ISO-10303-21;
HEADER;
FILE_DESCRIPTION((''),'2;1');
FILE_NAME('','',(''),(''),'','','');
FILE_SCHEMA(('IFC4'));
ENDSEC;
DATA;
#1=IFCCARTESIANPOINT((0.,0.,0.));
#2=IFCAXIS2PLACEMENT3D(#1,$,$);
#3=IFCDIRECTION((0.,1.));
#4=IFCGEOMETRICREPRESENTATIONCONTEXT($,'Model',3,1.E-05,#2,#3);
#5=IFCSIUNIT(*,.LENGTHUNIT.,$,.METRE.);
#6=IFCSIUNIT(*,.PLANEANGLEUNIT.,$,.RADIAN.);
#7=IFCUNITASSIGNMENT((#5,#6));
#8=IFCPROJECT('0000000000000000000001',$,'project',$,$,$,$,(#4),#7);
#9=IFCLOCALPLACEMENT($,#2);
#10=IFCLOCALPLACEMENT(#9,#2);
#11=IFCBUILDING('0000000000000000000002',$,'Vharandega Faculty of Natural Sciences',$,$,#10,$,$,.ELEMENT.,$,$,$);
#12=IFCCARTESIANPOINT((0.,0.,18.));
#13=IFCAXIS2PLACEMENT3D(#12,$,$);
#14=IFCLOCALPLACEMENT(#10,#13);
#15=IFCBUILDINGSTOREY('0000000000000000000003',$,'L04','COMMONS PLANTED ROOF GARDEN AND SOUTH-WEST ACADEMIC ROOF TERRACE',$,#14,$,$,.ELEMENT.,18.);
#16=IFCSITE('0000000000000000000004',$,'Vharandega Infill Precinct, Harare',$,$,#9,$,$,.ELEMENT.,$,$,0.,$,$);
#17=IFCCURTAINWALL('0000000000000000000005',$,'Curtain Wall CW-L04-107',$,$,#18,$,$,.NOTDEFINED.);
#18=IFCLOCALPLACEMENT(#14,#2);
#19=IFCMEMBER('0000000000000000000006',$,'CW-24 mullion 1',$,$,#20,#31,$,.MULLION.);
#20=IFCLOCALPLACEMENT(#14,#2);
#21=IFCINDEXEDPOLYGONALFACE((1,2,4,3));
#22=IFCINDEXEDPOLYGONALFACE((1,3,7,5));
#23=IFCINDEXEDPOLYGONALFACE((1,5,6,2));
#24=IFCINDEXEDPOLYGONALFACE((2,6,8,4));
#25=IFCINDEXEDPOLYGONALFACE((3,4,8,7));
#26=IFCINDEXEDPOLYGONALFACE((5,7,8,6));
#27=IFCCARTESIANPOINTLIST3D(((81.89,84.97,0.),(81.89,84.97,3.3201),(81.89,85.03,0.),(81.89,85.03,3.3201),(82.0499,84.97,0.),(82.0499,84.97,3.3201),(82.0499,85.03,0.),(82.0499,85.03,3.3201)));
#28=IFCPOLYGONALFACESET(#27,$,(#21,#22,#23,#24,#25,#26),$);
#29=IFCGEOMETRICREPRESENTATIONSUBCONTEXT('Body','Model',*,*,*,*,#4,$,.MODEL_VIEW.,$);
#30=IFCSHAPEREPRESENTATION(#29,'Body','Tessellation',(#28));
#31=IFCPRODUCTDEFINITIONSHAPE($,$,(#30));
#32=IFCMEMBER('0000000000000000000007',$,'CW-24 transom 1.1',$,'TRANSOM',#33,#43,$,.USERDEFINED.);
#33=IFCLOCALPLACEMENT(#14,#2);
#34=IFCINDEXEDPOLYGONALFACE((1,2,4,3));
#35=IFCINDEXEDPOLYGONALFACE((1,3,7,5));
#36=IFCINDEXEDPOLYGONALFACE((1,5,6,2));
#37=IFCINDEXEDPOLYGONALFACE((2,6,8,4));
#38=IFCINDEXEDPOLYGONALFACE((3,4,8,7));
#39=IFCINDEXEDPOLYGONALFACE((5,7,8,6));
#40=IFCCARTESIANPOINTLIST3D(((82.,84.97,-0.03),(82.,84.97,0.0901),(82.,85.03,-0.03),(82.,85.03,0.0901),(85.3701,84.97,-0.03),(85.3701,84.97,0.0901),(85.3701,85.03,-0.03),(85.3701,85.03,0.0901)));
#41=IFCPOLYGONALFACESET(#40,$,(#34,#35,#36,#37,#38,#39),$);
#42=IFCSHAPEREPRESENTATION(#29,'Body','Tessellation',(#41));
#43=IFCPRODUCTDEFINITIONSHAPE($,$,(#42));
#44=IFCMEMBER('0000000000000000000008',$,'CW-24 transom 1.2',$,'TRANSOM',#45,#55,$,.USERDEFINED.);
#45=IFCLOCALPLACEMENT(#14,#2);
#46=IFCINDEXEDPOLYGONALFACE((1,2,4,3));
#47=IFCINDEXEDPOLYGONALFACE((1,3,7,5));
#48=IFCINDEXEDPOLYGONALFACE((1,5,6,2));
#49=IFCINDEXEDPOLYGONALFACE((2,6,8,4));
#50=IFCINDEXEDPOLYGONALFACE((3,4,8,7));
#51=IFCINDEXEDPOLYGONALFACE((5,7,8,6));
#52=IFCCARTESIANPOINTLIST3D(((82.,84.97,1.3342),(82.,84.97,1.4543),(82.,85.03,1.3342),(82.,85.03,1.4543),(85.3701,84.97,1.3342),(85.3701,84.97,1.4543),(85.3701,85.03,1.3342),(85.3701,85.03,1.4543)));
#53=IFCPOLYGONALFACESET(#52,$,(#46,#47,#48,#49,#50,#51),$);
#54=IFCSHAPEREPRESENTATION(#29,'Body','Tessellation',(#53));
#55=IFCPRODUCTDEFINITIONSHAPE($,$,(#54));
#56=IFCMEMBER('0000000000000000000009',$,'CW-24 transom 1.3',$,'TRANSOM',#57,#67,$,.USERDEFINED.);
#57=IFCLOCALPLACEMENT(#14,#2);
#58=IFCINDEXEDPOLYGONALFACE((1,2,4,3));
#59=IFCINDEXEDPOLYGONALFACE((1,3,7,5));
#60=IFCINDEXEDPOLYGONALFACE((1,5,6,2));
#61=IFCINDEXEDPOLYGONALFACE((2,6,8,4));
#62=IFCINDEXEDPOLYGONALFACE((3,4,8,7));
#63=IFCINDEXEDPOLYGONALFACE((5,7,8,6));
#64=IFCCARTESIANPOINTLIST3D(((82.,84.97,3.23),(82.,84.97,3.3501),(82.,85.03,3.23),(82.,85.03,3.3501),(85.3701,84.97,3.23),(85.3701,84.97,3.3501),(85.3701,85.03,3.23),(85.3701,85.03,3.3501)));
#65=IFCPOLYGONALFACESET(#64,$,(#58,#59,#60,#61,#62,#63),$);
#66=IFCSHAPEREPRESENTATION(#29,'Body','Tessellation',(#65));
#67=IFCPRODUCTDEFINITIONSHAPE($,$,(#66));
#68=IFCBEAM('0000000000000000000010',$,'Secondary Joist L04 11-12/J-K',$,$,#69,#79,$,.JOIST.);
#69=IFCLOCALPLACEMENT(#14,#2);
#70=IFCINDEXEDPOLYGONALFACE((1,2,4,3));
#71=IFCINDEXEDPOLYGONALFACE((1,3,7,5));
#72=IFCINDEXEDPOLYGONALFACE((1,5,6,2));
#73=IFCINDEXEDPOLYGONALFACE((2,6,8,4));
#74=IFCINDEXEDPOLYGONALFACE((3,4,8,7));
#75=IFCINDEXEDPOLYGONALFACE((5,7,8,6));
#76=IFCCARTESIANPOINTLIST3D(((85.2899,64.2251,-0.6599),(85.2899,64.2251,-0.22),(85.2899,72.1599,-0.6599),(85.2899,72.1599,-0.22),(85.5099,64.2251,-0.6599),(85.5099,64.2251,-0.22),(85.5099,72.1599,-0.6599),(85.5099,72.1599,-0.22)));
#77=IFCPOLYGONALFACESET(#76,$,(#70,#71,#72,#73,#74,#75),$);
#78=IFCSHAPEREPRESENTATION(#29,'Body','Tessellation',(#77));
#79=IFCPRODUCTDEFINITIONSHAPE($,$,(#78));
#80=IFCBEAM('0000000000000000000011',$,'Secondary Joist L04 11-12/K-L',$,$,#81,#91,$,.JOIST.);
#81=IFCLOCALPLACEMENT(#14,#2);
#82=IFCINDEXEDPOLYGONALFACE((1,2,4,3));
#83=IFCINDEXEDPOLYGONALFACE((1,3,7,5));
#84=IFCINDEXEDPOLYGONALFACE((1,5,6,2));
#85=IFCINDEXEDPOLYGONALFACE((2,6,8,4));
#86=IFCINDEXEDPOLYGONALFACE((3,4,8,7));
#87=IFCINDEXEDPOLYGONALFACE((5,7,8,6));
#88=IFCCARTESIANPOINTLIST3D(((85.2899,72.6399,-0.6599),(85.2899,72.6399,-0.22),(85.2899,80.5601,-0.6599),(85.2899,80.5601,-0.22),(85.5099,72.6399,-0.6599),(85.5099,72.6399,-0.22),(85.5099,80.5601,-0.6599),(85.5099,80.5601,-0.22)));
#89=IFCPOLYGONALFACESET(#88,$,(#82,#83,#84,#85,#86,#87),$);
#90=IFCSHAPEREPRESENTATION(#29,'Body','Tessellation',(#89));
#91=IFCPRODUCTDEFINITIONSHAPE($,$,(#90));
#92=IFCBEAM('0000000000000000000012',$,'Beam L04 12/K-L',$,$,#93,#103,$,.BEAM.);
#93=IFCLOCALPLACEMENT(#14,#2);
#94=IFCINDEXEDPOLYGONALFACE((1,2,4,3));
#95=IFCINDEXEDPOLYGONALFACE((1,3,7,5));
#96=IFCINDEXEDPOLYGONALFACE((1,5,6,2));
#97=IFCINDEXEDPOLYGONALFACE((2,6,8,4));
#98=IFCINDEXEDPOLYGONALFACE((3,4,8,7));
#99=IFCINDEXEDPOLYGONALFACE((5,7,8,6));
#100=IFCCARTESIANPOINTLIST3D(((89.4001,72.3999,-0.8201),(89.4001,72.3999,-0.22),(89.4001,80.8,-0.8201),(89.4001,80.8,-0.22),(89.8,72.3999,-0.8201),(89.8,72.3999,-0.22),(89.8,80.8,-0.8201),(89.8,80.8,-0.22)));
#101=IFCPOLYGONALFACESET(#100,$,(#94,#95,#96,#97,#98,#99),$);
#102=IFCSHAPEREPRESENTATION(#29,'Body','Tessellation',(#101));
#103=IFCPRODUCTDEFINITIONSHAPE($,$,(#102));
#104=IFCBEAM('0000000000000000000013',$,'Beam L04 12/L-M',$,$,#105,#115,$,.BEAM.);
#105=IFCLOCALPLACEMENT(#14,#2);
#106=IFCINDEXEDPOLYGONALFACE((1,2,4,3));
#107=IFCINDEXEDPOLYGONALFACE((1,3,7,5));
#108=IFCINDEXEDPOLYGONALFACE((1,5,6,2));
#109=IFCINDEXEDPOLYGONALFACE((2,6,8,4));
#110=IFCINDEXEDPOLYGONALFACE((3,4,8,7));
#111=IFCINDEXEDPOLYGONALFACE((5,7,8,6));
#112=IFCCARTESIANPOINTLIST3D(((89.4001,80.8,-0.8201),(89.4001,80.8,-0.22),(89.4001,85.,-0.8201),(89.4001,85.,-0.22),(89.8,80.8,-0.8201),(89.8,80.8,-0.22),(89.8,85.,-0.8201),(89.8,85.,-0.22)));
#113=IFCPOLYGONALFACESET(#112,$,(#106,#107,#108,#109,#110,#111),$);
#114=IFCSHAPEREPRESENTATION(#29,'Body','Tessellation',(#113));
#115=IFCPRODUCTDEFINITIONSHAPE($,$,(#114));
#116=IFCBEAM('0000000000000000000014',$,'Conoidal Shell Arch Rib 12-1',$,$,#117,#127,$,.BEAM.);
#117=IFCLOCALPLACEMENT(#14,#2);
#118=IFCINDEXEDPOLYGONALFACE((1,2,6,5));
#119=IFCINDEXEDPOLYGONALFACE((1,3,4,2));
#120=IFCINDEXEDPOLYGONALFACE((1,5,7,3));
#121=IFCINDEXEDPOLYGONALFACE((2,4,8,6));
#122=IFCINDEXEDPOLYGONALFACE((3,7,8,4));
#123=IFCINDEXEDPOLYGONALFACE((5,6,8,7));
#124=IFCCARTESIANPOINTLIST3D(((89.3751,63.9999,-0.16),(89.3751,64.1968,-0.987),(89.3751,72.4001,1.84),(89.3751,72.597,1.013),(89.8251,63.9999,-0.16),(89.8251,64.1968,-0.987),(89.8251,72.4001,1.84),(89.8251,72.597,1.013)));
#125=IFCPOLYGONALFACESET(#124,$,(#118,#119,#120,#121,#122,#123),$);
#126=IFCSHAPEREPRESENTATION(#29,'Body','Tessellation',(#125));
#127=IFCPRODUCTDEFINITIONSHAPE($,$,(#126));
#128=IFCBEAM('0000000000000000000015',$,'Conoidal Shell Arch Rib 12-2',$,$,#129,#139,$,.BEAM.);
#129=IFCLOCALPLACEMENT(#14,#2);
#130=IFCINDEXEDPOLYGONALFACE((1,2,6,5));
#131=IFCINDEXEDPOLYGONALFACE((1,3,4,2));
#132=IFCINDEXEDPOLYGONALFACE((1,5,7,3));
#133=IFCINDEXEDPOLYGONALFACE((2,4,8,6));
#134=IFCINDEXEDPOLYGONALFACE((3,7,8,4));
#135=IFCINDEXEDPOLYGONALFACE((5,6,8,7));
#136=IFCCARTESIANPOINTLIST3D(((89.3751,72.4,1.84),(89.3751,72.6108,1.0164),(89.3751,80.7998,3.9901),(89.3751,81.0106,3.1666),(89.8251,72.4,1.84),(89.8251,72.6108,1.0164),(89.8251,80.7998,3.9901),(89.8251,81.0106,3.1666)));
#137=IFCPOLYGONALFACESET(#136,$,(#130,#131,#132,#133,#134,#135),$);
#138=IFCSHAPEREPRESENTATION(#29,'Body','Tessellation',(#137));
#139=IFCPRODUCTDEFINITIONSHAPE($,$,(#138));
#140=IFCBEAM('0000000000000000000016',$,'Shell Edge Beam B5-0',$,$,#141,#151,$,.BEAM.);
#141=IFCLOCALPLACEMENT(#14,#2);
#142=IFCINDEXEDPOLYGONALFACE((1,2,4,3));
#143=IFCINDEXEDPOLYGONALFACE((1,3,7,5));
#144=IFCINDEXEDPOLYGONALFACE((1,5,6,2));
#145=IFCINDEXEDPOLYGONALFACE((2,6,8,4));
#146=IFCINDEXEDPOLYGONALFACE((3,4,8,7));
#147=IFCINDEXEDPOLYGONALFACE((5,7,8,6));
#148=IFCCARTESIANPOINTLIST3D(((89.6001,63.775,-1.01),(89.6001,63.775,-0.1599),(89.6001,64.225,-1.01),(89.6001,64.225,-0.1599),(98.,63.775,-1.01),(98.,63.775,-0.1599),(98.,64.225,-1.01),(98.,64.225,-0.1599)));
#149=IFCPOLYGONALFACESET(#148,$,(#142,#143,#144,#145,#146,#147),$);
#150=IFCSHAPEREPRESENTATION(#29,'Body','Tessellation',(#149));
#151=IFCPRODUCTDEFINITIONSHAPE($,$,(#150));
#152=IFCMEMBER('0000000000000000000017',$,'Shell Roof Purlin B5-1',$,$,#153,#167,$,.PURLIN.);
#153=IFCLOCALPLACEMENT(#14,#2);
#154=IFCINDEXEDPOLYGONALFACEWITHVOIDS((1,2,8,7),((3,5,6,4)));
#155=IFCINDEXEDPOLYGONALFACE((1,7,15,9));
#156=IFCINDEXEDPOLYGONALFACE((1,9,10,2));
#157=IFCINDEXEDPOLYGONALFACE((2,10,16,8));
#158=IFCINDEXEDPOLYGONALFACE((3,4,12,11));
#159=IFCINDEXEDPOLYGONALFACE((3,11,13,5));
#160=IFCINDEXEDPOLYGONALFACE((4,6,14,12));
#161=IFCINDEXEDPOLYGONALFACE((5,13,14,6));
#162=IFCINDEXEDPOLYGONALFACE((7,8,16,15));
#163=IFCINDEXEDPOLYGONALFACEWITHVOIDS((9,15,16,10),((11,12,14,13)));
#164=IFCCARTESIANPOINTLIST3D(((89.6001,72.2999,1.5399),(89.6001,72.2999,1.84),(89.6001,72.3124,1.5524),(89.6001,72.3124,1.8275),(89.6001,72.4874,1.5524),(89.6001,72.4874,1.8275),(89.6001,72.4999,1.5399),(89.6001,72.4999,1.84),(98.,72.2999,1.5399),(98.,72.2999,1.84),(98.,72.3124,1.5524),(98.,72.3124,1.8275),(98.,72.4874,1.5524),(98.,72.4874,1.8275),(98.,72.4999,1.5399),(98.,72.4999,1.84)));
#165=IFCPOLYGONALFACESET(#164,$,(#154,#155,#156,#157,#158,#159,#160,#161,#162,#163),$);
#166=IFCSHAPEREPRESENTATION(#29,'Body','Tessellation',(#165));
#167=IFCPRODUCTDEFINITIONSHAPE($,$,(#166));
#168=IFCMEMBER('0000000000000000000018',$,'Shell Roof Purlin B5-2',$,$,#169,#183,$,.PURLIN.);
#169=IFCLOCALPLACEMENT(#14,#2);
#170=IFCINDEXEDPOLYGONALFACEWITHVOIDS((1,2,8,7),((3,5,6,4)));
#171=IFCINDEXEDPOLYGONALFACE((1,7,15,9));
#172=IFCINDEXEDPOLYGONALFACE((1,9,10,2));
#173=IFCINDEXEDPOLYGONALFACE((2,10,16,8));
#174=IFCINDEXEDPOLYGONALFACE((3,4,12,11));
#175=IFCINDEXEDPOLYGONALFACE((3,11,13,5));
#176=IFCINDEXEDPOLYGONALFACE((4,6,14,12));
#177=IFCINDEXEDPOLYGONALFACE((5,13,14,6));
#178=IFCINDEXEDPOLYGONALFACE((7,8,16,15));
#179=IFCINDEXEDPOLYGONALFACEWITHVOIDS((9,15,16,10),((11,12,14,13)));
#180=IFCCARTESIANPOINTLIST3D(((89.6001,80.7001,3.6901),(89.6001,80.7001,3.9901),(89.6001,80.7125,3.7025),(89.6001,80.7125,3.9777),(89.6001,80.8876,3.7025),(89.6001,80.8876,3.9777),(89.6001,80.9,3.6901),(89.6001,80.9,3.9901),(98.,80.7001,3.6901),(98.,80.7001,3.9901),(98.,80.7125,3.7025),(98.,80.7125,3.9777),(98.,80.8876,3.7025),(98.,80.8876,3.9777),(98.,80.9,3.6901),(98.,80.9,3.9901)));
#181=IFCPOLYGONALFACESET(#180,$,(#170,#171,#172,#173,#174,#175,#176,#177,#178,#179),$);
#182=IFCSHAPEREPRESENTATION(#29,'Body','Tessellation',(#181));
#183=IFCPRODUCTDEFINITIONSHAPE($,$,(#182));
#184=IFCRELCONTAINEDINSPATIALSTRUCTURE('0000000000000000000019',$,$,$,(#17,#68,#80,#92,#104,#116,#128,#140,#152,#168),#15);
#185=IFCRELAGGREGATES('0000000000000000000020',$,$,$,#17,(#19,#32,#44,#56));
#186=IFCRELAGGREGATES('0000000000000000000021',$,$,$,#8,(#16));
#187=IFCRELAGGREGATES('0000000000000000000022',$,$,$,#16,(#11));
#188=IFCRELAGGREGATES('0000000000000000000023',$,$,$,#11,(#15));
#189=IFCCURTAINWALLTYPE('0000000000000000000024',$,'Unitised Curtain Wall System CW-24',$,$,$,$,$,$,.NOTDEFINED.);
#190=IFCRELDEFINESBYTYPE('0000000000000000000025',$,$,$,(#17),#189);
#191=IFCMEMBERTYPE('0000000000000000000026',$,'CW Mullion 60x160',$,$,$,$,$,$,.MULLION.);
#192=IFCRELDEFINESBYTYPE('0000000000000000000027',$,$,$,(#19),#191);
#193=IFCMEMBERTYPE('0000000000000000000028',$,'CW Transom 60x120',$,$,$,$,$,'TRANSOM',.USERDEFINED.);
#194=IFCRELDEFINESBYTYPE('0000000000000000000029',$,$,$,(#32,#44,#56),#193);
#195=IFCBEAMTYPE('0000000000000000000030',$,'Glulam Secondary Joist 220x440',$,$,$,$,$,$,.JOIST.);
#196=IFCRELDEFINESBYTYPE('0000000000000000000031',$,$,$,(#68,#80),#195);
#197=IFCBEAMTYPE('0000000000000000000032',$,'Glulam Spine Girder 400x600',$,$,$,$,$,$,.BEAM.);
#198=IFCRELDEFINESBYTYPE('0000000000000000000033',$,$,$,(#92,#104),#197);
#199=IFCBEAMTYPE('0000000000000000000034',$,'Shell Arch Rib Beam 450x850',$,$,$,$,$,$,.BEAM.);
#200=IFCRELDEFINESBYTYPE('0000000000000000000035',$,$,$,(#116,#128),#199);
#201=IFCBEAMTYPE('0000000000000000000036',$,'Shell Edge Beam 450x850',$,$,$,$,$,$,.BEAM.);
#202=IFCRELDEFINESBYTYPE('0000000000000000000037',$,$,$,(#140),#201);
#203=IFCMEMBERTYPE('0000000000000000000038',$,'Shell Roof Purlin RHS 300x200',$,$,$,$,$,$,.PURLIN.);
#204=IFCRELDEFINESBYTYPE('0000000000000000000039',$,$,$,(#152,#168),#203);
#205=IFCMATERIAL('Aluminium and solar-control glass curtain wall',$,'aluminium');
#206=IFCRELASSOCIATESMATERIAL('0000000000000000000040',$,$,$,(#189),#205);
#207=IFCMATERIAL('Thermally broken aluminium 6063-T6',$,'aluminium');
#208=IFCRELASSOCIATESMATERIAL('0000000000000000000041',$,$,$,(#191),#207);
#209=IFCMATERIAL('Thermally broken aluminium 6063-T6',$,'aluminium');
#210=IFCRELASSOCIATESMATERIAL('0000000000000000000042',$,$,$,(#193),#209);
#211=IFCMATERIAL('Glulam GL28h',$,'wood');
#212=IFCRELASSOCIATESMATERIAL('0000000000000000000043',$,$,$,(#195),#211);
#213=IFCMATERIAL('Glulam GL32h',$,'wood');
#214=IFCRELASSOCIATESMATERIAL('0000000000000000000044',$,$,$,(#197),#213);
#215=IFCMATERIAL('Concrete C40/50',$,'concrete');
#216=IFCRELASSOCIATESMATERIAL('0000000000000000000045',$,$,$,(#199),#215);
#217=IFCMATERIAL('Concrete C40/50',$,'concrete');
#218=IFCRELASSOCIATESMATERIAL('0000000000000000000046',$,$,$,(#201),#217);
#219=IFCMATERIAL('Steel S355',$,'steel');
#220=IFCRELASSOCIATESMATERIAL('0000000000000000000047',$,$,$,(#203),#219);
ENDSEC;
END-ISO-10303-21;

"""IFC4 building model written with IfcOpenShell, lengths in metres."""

from ifc_helpers import new_model, si_unit, direction, frame, origin, origin_2d, place, context, subcontext, project, spatial, rectangle, hollow_rectangle, extrude, material, material_profile, profile_set, type_object, element, aggregate, save


model = new_model("IFC4")

# Units and contexts
model_context = context("Model", 3, precision=1e-05, world=origin(), true_north=direction((0.0, 1.0)))
body_context = subcontext(model_context, "Body", "Model", "MODEL_VIEW")
ifc_project = project(units=[si_unit("LENGTHUNIT", "METRE"), si_unit("PLANEANGLEUNIT", "RADIAN")], contexts=[model_context])

# Site, building, storey
site_placement = place(None, origin())
site = spatial("IfcSite", under=ifc_project, at=site_placement, Name="Vharandega Infill Precinct, Harare", CompositionType="ELEMENT", RefElevation=0.0)
building_placement = place(site_placement, origin())
building = spatial("IfcBuilding", under=site, at=building_placement, Name="Vharandega Faculty of Natural Sciences", CompositionType="ELEMENT")
storey_placement = place(building_placement, frame((0.0, 0.0, 18.0)))
storey = spatial("IfcBuildingStorey", under=building, at=storey_placement, Name="L04", Description="COMMONS PLANTED ROOF GARDEN AND SOUTH-WEST ACADEMIC ROOF TERRACE", CompositionType="ELEMENT", Elevation=18.0)

# Curtain wall, members
ifc_material_1 = material(Name="Aluminium and solar-control glass curtain wall", Category="aluminium")
curtain_wall_type = type_object("IfcCurtainWallType", Name="Unitised Curtain Wall System CW-24", PredefinedType="NOTDEFINED", material=ifc_material_1)
curtain_wall_placement = place(storey_placement, origin())
curtain_wall = element("IfcCurtainWall", 1, at=curtain_wall_placement, inside=storey, type_object=curtain_wall_type, Name="Curtain Wall CW-L04-107", PredefinedType="NOTDEFINED")
ifc_material_2 = material(Name="Thermally broken aluminium 6063-T6", Category="aluminium")
ifc_material_profile_1 = material_profile(ifc_material_2, rectangle(XDim=0.0601, YDim=0.1599, at=origin_2d()), Name="ALU 60x160")
ifc_profile_set_1 = profile_set([ifc_material_profile_1], Name="Thermally broken aluminium 6063-T6")
member_type_1 = type_object("IfcMemberType", Name="CW Mullion 60x160", PredefinedType="MULLION", material=ifc_profile_set_1)
member_1_placement = place(storey_placement, frame((81.97, 85.0, 0.0), z_axis=(0.0, 0.0, 1.0), x_axis=(0.0, 1.0, 0.0)))
member_1 = element("IfcMember", 2, at=member_1_placement, type_object=member_type_1, Name="CW-24 mullion 1", PredefinedType="MULLION", context=body_context, shape_type="SweptSolid", body=[
    extrude(rectangle(XDim=0.0601, YDim=0.1599, at=origin_2d()), origin(), (0.0, 0.0, 1.0), 3.3201),
])
ifc_material_3 = material(Name="Thermally broken aluminium 6063-T6", Category="aluminium")
ifc_material_profile_2 = material_profile(ifc_material_3, rectangle(XDim=0.0601, YDim=0.1201, at=origin_2d()), Name="ALU 60x120")
ifc_profile_set_2 = profile_set([ifc_material_profile_2], Name="Thermally broken aluminium 6063-T6")
member_type_2 = type_object("IfcMemberType", Name="CW Transom 60x120", ElementType="TRANSOM", PredefinedType="USERDEFINED", material=ifc_profile_set_2)
member_2_placement = place(storey_placement, frame((82.0, 85.0, 0.03), z_axis=(1.0, 0.0, 0.0), x_axis=(0.0, 1.0, 0.0)))
member_2 = element("IfcMember", 3, at=member_2_placement, type_object=member_type_2, Name="CW-24 transom 1.1", ObjectType="TRANSOM", PredefinedType="USERDEFINED", context=body_context, shape_type="SweptSolid", body=[
    extrude(rectangle(XDim=0.0601, YDim=0.1201, at=origin_2d()), origin(), (0.0, 0.0, 1.0), 3.3701),
])
member_3_placement = place(storey_placement, frame((82.0, 85.0, 1.3943), z_axis=(1.0, 0.0, 0.0), x_axis=(0.0, 1.0, 0.0)))
member_3 = element("IfcMember", 4, at=member_3_placement, type_object=member_type_2, Name="CW-24 transom 1.2", ObjectType="TRANSOM", PredefinedType="USERDEFINED", context=body_context, shape_type="SweptSolid", body=[
    extrude(rectangle(XDim=0.0601, YDim=0.1201, at=origin_2d()), origin(), (0.0, 0.0, 1.0), 3.3701),
])
member_4_placement = place(storey_placement, frame((82.0, 85.0, 3.29), z_axis=(1.0, 0.0, 0.0), x_axis=(0.0, 1.0, 0.0)))
member_4 = element("IfcMember", 5, at=member_4_placement, type_object=member_type_2, Name="CW-24 transom 1.3", ObjectType="TRANSOM", PredefinedType="USERDEFINED", context=body_context, shape_type="SweptSolid", body=[
    extrude(rectangle(XDim=0.0601, YDim=0.1201, at=origin_2d()), origin(), (0.0, 0.0, 1.0), 3.3701),
])

# Beams
ifc_material_4 = material(Name="Glulam GL28h", Category="wood")
ifc_material_profile_3 = material_profile(ifc_material_4, rectangle(XDim=0.22, YDim=0.4399, at=origin_2d()), Name="GL28h 220x440")
ifc_profile_set_3 = profile_set([ifc_material_profile_3], Name="Glulam GL28h")
beam_type_1 = type_object("IfcBeamType", Name="Glulam Secondary Joist 220x440", PredefinedType="JOIST", material=ifc_profile_set_3)
beam_1_placement = place(storey_placement, frame((85.3999, 64.2251, -0.4399), z_axis=(0.0, 1.0, 0.0), x_axis=(-1.0, 0.0, 0.0)))
element("IfcBeam", 6, at=beam_1_placement, inside=storey, type_object=beam_type_1, Name="Secondary Joist L04 11-12/J-K", PredefinedType="JOIST", context=body_context, shape_type="SweptSolid", body=[
    extrude(rectangle(XDim=0.22, YDim=0.4399, at=origin_2d()), origin(), (0.0, 0.0, 1.0), 7.9348),
])
beam_2_placement = place(storey_placement, frame((85.3999, 72.6399, -0.4399), z_axis=(0.0, 1.0, 0.0), x_axis=(-1.0, 0.0, 0.0)))
element("IfcBeam", 7, at=beam_2_placement, inside=storey, type_object=beam_type_1, Name="Secondary Joist L04 11-12/K-L", PredefinedType="JOIST", context=body_context, shape_type="SweptSolid", body=[
    extrude(rectangle(XDim=0.22, YDim=0.4399, at=origin_2d()), origin(), (0.0, 0.0, 1.0), 7.9202),
])
ifc_material_5 = material(Name="Glulam GL32h", Category="wood")
ifc_material_profile_4 = material_profile(ifc_material_5, rectangle(XDim=0.3999, YDim=0.6001, at=origin_2d()), Name="GL32h 400x600")
ifc_profile_set_4 = profile_set([ifc_material_profile_4], Name="Glulam GL32h")
beam_type_2 = type_object("IfcBeamType", Name="Glulam Spine Girder 400x600", PredefinedType="BEAM", material=ifc_profile_set_4)
beam_3_placement = place(storey_placement, frame((89.6001, 72.3999, -0.52), z_axis=(0.0, 1.0, 0.0), x_axis=(-1.0, 0.0, 0.0)))
element("IfcBeam", 8, at=beam_3_placement, inside=storey, type_object=beam_type_2, Name="Beam L04 12/K-L", PredefinedType="BEAM", context=body_context, shape_type="SweptSolid", body=[
    extrude(rectangle(XDim=0.3999, YDim=0.6001, at=origin_2d()), origin(), (0.0, 0.0, 1.0), 8.4001),
])
beam_4_placement = place(storey_placement, frame((89.6001, 80.8, -0.52), z_axis=(0.0, 1.0, 0.0), x_axis=(-1.0, 0.0, 0.0)))
element("IfcBeam", 9, at=beam_4_placement, inside=storey, type_object=beam_type_2, Name="Beam L04 12/L-M", PredefinedType="BEAM", context=body_context, shape_type="SweptSolid", body=[
    extrude(rectangle(XDim=0.3999, YDim=0.6001, at=origin_2d()), origin(), (0.0, 0.0, 1.0), 4.2),
])
ifc_material_6 = material(Name="Concrete C40/50", Category="concrete")
ifc_material_profile_5 = material_profile(ifc_material_6, rectangle(XDim=0.45, YDim=0.8501, at=origin_2d()), Name="RC 450x850")
ifc_profile_set_5 = profile_set([ifc_material_profile_5], Name="Concrete C40/50")
beam_type_3 = type_object("IfcBeamType", Name="Shell Arch Rib Beam 450x850", PredefinedType="BEAM", material=ifc_profile_set_5)
beam_5_placement = place(storey_placement, frame((89.6001, 64.0984, -0.5735), z_axis=(0.0, 0.972807, 0.231617), x_axis=(-1.0, 0.0, 0.0)))
element("IfcBeam", 10, at=beam_5_placement, inside=storey, type_object=beam_type_3, Name="Conoidal Shell Arch Rib 12-1", PredefinedType="BEAM", context=body_context, shape_type="SweptSolid", body=[
    extrude(rectangle(XDim=0.45, YDim=0.8501, at=origin_2d()), origin(), (0.0, 0.0, 1.0), 8.635),
])
beam_6_placement = place(storey_placement, frame((89.6001, 72.5054, 1.4282), z_axis=(0.0, 0.968766, 0.247978), x_axis=(-1.0, 0.0, 0.0)))
element("IfcBeam", 11, at=beam_6_placement, inside=storey, type_object=beam_type_3, Name="Conoidal Shell Arch Rib 12-2", PredefinedType="BEAM", context=body_context, shape_type="SweptSolid", body=[
    extrude(rectangle(XDim=0.45, YDim=0.8501, at=origin_2d()), origin(), (0.0, 0.0, 1.0), 8.6707),
])
ifc_material_7 = material(Name="Concrete C40/50", Category="concrete")
ifc_material_profile_6 = material_profile(ifc_material_7, rectangle(XDim=0.45, YDim=0.8501, at=origin_2d()), Name="RC 450x850")
ifc_profile_set_6 = profile_set([ifc_material_profile_6], Name="Concrete C40/50")
beam_type_4 = type_object("IfcBeamType", Name="Shell Edge Beam 450x850", PredefinedType="BEAM", material=ifc_profile_set_6)
beam_7_placement = place(storey_placement, frame((89.6001, 64.0, -0.585), z_axis=(1.0, 0.0, 0.0), x_axis=(0.0, 1.0, 0.0)))
element("IfcBeam", 12, at=beam_7_placement, inside=storey, type_object=beam_type_4, Name="Shell Edge Beam B5-0", PredefinedType="BEAM", context=body_context, shape_type="SweptSolid", body=[
    extrude(rectangle(XDim=0.45, YDim=0.8501, at=origin_2d()), origin(), (0.0, 0.0, 1.0), 8.3999),
])

# Members
ifc_material_8 = material(Name="Steel S355", Category="steel")
ifc_material_profile_7 = material_profile(ifc_material_8, hollow_rectangle(XDim=0.2, YDim=0.3, WallThickness=0.0125, at=origin_2d()), Name="RHS 300x200x12.5")
ifc_profile_set_7 = profile_set([ifc_material_profile_7], Name="Steel S355")
member_type_3 = type_object("IfcMemberType", Name="Shell Roof Purlin RHS 300x200", PredefinedType="PURLIN", material=ifc_profile_set_7)
for number, where, z_axis, x_axis, name in (
    (13, (89.6001, 72.3999, 1.6899), (1.0, 0.0, 0.0), (0.0, 1.0, 0.0), "Shell Roof Purlin B5-1"),
    (14, (89.6001, 80.8, 3.8401), (1.0, 0.0, 0.0), (0.0, 1.0, 0.0), "Shell Roof Purlin B5-2"),
):
    element("IfcMember", number, at=place(storey_placement, frame(where, z_axis=z_axis, x_axis=x_axis)), inside=storey, type_object=member_type_3, Name=name, PredefinedType="PURLIN", context=body_context, shape_type="SweptSolid", body=[
        extrude(hollow_rectangle(XDim=0.2, YDim=0.3, WallThickness=0.0125, at=origin_2d()), origin(), (0.0, 0.0, 1.0), 8.3999),
    ])

aggregate(curtain_wall, [member_1, member_2, member_3, member_4])

save(model, "model.ifc")
